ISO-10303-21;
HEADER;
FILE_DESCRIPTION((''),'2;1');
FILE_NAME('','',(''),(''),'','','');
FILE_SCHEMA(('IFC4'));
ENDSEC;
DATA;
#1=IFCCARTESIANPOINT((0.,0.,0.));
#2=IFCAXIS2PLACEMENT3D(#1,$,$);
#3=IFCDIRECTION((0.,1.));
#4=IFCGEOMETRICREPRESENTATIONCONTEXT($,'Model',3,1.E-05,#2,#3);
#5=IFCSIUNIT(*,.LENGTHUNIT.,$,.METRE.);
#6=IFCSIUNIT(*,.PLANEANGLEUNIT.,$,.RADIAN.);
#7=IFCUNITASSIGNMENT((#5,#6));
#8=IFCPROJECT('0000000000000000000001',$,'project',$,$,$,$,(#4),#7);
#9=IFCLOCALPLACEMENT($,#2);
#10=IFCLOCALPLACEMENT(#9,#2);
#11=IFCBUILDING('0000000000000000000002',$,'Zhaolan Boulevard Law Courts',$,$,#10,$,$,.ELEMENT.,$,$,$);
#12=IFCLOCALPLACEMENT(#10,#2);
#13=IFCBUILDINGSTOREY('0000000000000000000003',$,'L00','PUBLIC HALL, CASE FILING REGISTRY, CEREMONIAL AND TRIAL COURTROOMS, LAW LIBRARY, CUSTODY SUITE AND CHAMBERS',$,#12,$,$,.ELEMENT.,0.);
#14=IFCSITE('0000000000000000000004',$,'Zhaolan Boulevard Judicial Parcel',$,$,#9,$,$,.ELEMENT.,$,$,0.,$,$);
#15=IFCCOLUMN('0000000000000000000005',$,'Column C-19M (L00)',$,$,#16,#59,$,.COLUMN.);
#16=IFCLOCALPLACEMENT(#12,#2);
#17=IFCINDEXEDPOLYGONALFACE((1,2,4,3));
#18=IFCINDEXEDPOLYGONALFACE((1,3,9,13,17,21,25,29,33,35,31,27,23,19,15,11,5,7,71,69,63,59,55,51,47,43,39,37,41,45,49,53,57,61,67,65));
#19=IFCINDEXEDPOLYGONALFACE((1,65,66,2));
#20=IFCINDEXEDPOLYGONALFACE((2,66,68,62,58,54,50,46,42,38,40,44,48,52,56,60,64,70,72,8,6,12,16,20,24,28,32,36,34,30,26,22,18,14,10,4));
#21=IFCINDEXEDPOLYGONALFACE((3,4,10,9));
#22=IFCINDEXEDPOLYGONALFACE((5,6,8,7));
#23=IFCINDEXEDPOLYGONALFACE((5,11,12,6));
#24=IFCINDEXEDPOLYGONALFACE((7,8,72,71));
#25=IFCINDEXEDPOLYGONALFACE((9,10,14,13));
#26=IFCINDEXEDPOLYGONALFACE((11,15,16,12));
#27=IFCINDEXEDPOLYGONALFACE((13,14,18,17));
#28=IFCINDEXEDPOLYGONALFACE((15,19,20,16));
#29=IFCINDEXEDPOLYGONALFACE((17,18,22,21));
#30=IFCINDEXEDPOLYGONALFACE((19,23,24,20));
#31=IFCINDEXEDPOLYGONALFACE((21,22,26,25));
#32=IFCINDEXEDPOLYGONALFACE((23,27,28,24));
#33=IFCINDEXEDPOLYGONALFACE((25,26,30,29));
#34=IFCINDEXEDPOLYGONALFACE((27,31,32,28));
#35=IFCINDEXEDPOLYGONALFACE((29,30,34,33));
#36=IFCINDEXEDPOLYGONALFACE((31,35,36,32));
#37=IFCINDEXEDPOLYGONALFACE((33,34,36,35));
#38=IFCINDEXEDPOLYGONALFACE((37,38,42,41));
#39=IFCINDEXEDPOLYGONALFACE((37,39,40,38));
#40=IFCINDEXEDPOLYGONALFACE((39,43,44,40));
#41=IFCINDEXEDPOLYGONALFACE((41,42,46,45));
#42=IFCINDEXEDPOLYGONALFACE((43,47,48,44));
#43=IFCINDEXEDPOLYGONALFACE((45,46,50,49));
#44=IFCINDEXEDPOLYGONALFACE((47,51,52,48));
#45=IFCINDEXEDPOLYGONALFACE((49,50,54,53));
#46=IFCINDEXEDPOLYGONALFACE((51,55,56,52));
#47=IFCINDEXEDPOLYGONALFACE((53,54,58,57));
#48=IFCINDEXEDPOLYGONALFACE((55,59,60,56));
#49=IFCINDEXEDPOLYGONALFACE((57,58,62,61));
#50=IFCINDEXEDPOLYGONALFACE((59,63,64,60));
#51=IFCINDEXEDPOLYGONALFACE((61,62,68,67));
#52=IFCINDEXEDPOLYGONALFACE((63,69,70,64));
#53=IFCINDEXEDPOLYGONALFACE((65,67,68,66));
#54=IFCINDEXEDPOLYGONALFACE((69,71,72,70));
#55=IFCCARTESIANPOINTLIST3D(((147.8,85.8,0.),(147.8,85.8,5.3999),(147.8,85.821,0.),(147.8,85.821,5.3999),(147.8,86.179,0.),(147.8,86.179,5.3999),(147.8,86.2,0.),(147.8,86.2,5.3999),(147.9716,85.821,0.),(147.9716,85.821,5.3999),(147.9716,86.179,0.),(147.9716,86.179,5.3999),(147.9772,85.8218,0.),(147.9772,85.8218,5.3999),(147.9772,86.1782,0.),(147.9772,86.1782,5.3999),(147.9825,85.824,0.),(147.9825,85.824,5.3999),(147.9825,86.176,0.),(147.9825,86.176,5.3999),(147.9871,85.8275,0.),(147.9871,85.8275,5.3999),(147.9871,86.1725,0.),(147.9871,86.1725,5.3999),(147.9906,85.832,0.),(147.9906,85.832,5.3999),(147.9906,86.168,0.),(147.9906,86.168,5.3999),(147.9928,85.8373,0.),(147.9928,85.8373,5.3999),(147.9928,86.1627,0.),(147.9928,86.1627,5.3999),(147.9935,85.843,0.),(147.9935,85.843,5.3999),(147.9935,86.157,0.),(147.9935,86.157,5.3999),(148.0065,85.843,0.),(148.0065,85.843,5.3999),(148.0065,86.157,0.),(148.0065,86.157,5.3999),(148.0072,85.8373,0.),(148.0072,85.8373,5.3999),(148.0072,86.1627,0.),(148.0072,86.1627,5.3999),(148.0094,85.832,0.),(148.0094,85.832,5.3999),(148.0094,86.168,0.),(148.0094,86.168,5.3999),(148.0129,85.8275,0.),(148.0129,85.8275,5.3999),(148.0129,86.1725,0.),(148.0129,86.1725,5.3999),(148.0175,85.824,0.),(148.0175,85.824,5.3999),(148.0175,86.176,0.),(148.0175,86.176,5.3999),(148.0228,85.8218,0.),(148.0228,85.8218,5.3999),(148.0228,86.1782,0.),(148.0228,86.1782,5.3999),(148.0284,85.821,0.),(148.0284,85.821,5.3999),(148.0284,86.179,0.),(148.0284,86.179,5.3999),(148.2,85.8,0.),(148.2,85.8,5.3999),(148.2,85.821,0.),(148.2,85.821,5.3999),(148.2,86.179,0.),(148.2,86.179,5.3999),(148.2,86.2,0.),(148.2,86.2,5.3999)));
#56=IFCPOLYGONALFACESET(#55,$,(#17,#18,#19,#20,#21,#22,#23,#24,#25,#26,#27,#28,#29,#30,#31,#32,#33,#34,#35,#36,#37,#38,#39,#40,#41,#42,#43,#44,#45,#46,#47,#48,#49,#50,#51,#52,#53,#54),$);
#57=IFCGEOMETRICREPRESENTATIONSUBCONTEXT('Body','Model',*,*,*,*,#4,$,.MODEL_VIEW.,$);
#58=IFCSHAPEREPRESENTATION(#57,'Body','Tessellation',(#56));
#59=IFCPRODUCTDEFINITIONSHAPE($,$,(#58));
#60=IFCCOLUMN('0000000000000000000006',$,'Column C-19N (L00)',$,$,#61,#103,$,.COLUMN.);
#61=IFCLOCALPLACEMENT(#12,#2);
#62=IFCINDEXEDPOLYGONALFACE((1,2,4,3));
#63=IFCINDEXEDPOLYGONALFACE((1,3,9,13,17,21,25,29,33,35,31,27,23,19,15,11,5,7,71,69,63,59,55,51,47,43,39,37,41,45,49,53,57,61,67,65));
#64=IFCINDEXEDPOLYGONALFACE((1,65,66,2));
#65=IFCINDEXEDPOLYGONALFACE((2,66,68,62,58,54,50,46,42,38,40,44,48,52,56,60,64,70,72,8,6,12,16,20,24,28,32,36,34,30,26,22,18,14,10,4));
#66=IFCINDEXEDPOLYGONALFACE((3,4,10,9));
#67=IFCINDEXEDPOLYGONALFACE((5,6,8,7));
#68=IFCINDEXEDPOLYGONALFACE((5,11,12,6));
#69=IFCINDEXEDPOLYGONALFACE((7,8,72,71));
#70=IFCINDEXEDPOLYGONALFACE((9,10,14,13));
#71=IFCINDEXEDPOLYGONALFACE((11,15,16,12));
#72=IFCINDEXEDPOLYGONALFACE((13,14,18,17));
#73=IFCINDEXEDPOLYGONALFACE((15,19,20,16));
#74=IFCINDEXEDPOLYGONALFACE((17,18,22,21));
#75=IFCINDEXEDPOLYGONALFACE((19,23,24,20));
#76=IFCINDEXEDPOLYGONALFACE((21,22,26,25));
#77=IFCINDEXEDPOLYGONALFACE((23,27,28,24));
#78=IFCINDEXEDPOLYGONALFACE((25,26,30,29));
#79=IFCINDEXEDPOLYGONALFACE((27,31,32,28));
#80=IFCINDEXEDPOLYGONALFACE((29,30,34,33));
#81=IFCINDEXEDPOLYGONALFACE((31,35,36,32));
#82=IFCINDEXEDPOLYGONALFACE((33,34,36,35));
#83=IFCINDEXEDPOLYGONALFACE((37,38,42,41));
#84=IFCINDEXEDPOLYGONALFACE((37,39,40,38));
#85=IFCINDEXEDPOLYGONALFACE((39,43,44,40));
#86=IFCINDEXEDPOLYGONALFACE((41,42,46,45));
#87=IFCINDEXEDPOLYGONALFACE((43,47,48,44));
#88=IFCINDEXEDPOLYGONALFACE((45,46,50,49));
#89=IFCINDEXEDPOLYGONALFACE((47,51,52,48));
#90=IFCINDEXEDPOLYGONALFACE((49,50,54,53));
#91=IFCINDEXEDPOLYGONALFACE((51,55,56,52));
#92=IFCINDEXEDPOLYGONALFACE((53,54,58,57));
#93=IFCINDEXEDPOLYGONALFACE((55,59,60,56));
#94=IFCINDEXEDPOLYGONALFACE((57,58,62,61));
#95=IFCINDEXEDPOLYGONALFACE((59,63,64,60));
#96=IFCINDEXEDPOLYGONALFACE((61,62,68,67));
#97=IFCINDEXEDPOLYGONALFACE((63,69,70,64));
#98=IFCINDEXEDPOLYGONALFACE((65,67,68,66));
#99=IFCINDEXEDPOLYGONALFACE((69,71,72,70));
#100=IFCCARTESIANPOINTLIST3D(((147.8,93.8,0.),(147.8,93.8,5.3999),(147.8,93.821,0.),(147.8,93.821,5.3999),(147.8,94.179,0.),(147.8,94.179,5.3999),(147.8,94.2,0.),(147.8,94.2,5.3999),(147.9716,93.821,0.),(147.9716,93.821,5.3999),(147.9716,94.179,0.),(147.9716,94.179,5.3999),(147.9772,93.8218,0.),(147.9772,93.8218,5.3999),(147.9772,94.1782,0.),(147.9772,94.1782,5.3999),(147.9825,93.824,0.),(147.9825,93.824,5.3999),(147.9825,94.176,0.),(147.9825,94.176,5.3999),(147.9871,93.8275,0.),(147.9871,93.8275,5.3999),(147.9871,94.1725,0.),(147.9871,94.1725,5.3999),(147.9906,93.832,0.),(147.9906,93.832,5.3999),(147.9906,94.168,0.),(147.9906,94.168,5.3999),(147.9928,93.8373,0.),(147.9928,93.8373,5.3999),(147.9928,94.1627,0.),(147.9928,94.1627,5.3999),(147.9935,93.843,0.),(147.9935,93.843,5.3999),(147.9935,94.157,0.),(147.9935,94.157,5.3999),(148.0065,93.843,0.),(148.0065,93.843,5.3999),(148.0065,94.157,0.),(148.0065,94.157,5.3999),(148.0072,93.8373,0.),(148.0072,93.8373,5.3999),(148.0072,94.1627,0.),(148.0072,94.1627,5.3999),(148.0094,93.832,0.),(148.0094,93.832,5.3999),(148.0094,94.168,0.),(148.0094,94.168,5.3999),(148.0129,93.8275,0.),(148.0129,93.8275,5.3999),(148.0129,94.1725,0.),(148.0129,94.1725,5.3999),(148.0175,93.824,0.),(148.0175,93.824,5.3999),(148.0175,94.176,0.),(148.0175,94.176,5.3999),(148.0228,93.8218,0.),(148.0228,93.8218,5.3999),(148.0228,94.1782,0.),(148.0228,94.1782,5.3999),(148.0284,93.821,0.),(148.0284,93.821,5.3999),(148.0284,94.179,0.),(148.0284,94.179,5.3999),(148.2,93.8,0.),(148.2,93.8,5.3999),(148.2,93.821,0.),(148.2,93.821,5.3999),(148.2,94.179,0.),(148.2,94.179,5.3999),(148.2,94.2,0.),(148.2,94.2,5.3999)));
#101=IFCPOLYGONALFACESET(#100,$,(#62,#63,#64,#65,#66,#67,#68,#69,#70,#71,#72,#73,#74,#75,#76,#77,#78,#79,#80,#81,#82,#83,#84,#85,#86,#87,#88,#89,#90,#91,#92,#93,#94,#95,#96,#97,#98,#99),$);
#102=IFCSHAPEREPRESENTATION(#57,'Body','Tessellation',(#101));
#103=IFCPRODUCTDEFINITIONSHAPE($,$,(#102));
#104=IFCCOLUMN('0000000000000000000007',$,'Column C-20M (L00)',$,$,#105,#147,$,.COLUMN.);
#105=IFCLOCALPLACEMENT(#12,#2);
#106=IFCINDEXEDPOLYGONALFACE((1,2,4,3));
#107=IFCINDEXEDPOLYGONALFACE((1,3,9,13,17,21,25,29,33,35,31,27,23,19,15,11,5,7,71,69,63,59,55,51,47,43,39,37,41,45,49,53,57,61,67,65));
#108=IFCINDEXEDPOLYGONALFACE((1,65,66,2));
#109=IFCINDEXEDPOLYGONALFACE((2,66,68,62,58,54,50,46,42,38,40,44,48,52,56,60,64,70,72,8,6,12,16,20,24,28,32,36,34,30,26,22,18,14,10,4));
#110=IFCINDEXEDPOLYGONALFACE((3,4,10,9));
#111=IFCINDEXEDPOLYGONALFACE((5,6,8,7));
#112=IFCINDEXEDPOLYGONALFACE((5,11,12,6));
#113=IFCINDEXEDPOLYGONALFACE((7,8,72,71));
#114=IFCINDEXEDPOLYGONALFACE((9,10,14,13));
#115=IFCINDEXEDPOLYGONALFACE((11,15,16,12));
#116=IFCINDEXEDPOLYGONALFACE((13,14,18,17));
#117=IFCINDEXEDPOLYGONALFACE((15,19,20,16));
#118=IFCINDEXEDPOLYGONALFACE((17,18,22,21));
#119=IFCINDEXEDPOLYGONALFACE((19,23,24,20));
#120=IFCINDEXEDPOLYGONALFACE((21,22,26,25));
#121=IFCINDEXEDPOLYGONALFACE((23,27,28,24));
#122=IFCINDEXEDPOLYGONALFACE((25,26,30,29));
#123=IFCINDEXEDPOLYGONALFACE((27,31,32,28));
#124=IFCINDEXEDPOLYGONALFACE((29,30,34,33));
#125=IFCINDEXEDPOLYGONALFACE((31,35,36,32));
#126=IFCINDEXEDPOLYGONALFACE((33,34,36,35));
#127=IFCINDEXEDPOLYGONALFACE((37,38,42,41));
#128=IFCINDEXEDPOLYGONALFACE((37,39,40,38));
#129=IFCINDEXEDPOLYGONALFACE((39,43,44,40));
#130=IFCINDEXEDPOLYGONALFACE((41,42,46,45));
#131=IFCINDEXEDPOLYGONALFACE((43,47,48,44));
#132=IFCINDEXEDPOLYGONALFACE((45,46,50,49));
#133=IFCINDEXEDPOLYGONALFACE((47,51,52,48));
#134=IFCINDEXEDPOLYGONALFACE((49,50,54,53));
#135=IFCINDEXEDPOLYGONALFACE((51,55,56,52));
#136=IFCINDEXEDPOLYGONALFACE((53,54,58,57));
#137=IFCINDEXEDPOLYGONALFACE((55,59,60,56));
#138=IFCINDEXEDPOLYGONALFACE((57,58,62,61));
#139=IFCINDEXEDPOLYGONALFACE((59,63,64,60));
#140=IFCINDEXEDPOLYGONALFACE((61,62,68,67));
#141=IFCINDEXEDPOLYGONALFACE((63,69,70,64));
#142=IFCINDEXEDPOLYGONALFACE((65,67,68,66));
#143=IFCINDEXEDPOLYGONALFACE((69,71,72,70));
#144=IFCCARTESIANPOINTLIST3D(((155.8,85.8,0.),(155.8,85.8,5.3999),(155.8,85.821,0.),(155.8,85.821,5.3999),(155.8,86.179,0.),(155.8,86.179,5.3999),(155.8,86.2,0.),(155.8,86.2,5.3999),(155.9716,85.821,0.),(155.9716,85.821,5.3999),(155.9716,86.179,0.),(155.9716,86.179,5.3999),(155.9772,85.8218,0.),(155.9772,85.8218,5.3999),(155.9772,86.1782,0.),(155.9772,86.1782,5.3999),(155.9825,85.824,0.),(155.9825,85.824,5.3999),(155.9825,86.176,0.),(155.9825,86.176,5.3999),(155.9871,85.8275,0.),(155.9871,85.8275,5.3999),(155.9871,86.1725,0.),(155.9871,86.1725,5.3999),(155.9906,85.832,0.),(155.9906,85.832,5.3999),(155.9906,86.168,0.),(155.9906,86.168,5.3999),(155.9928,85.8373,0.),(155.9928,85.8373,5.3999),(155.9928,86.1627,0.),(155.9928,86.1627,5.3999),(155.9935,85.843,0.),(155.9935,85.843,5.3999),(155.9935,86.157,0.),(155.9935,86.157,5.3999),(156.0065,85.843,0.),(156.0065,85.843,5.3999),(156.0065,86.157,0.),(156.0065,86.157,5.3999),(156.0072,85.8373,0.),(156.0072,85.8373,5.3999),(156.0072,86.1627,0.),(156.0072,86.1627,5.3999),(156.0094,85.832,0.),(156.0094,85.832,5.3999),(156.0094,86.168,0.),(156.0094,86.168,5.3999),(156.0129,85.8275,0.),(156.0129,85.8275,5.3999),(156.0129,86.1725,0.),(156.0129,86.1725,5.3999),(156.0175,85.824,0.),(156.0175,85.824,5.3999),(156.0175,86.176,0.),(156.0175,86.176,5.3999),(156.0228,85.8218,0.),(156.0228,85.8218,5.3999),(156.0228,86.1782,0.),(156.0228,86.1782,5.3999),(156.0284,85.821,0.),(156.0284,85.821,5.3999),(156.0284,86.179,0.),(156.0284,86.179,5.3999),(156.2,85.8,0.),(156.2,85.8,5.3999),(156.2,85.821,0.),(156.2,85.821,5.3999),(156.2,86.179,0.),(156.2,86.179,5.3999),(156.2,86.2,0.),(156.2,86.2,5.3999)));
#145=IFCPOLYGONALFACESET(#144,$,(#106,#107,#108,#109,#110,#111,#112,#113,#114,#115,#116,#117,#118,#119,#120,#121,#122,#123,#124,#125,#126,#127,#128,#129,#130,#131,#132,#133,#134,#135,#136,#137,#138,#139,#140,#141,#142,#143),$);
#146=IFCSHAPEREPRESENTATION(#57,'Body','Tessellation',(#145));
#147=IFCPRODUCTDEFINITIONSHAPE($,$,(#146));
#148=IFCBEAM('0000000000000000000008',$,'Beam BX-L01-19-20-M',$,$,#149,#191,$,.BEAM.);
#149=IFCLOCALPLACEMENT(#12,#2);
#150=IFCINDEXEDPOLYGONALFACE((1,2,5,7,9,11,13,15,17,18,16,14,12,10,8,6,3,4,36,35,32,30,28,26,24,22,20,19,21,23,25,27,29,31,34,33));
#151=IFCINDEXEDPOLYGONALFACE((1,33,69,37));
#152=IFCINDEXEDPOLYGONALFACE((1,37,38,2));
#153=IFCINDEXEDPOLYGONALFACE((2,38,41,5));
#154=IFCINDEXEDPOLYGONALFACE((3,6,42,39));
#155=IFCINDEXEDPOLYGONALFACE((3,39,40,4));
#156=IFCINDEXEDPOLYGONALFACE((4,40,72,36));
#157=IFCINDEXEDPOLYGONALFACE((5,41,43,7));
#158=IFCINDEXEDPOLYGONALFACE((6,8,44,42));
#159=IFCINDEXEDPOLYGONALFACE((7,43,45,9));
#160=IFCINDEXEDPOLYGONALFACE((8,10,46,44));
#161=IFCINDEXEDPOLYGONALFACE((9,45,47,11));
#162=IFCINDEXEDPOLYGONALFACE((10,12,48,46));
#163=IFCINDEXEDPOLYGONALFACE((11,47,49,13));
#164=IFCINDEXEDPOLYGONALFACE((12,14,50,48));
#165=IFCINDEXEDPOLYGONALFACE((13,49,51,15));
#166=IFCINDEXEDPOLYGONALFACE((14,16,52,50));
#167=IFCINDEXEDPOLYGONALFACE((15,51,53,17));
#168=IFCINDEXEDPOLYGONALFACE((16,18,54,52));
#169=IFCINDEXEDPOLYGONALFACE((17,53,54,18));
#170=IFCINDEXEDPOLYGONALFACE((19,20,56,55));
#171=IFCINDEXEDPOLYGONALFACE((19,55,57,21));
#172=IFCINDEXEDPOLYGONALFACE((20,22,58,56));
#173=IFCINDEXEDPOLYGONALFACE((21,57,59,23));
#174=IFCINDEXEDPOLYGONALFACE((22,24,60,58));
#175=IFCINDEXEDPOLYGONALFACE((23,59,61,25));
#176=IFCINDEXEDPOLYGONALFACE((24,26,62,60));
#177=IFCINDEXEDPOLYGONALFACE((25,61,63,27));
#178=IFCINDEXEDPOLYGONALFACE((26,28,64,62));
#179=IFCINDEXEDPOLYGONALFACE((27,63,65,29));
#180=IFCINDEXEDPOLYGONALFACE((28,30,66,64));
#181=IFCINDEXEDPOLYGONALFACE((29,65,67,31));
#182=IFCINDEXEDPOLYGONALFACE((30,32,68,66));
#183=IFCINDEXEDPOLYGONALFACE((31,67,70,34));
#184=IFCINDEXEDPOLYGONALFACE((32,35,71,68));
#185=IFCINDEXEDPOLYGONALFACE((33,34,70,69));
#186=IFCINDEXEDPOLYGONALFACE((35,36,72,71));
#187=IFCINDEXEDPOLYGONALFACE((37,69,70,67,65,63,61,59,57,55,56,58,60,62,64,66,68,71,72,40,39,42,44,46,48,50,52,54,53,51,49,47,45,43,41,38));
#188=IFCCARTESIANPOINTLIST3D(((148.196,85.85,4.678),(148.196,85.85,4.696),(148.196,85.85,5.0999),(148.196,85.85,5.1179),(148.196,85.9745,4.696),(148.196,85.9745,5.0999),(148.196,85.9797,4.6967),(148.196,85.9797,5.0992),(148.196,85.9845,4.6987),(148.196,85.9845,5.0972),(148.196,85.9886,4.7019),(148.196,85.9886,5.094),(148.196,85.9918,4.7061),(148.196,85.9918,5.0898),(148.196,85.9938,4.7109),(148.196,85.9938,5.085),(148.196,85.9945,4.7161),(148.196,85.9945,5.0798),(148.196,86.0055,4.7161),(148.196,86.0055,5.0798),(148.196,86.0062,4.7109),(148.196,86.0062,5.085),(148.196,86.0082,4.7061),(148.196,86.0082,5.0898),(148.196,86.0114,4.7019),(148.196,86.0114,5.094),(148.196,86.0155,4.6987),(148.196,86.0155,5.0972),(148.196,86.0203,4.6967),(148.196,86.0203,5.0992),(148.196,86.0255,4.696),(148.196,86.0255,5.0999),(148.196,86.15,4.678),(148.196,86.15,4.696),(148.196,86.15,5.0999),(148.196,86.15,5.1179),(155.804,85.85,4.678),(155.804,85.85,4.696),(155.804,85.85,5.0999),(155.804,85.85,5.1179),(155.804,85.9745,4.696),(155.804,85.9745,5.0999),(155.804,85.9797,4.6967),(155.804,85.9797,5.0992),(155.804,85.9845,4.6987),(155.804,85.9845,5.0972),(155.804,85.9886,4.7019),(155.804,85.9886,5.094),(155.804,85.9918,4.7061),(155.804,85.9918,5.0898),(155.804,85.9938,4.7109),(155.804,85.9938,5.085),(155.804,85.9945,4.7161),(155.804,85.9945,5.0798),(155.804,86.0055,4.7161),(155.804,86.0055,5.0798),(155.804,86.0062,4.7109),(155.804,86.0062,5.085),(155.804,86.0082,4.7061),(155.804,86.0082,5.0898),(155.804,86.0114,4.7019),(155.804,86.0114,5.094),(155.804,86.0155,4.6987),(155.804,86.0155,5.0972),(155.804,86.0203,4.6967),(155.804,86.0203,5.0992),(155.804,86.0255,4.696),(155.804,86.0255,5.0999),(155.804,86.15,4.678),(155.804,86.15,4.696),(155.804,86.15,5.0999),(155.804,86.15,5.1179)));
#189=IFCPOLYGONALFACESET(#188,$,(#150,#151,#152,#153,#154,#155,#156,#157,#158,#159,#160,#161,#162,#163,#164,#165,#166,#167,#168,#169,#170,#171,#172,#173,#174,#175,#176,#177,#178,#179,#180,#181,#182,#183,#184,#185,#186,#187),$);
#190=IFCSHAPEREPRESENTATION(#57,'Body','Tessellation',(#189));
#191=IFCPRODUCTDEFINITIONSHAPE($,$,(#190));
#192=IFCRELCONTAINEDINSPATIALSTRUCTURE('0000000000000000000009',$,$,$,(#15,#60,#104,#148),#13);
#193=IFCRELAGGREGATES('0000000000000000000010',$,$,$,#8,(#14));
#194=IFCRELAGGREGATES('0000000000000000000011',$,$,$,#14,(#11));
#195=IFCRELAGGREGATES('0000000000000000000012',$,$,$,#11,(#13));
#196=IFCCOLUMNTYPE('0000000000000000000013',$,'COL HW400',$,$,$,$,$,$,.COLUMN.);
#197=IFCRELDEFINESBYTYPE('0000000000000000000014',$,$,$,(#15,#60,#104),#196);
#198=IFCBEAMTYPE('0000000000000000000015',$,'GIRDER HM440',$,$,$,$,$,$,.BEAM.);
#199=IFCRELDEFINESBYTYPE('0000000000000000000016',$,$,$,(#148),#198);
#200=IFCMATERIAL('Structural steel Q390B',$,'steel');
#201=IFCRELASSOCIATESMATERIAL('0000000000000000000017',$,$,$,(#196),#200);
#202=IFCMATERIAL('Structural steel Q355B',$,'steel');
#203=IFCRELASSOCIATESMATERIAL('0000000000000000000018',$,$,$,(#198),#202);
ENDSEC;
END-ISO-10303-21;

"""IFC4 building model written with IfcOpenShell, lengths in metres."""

from ifc_helpers import new_model, si_unit, direction, frame, origin, origin_2d, place, context, subcontext, project, spatial, i_section, extrude, material, material_profile, profile_set, type_object, element, save


model = new_model("IFC4")

# Units and contexts
model_context = context("Model", 3, precision=1e-05, world=origin(), true_north=direction((0.0, 1.0)))
body_context = subcontext(model_context, "Body", "Model", "MODEL_VIEW")
ifc_project = project(units=[si_unit("LENGTHUNIT", "METRE"), si_unit("PLANEANGLEUNIT", "RADIAN")], contexts=[model_context])

# Site, building, storey
site_placement = place(None, origin())
site = spatial("IfcSite", under=ifc_project, at=site_placement, Name="Zhaolan Boulevard Judicial Parcel", CompositionType="ELEMENT", RefElevation=0.0)
building_placement = place(site_placement, origin())
building = spatial("IfcBuilding", under=site, at=building_placement, Name="Zhaolan Boulevard Law Courts", CompositionType="ELEMENT")
storey_placement = place(building_placement, origin())
storey = spatial("IfcBuildingStorey", under=building, at=storey_placement, Name="L00", Description="PUBLIC HALL, CASE FILING REGISTRY, CEREMONIAL AND TRIAL COURTROOMS, LAW LIBRARY, CUSTODY SUITE AND CHAMBERS", CompositionType="ELEMENT", Elevation=0.0)

# Columns
ifc_material_1 = material(Name="Structural steel Q390B", Category="steel")
ifc_material_profile_1 = material_profile(ifc_material_1, i_section(OverallWidth=0.3999, OverallDepth=0.3999, WebThickness=0.0129, FlangeThickness=0.021, FilletRadius=0.022, at=origin_2d()), Name="HW400x400")
ifc_profile_set_1 = profile_set([ifc_material_profile_1], Name="Structural steel Q390B")
column_type = type_object("IfcColumnType", Name="COL HW400", PredefinedType="COLUMN", material=ifc_profile_set_1)
for number, where, z_axis, x_axis, name in (
    (1, (148.0, 86.0, 0.0), (0.0, 0.0, 1.0), (1.0, 0.0, 0.0), "Column C-19M (L00)"),
    (2, (148.0, 94.0, 0.0), (0.0, 0.0, 1.0), (1.0, 0.0, 0.0), "Column C-19N (L00)"),
    (3, (156.0, 86.0, 0.0), (0.0, 0.0, 1.0), (1.0, 0.0, 0.0), "Column C-20M (L00)"),
):
    element("IfcColumn", number, at=place(storey_placement, frame(where, z_axis=z_axis, x_axis=x_axis)), inside=storey, type_object=column_type, Name=name, PredefinedType="COLUMN", context=body_context, shape_type="SweptSolid", body=[
        extrude(i_section(OverallWidth=0.3999, OverallDepth=0.3999, WebThickness=0.0129, FlangeThickness=0.021, FilletRadius=0.022, at=origin_2d()), origin(), (0.0, 0.0, 1.0), 5.3999),
    ])

# Beam
ifc_material_2 = material(Name="Structural steel Q355B", Category="steel")
ifc_material_profile_2 = material_profile(ifc_material_2, i_section(OverallWidth=0.3, OverallDepth=0.4399, WebThickness=0.011, FlangeThickness=0.0181, FilletRadius=0.02, at=origin_2d()), Name="HM440x300")
ifc_profile_set_2 = profile_set([ifc_material_profile_2], Name="Structural steel Q355B")
beam_type_1 = type_object("IfcBeamType", Name="GIRDER HM440", PredefinedType="BEAM", material=ifc_profile_set_2)
for number, where, z_axis, x_axis, name in (
    (4, (148.196, 86.0, 4.8979), (1.0, 0.0, 0.0), (0.0, 1.0, 0.0), "Beam BX-L01-19-20-M"),
):
    element("IfcBeam", number, at=place(storey_placement, frame(where, z_axis=z_axis, x_axis=x_axis)), inside=storey, type_object=beam_type_1, Name=name, PredefinedType="BEAM", context=body_context, shape_type="SweptSolid", body=[
        extrude(i_section(OverallWidth=0.3, OverallDepth=0.4399, WebThickness=0.011, FlangeThickness=0.0181, FilletRadius=0.02, at=origin_2d()), origin(), (0.0, 0.0, 1.0), 7.6079),
    ])

save(model, "model.ifc")
